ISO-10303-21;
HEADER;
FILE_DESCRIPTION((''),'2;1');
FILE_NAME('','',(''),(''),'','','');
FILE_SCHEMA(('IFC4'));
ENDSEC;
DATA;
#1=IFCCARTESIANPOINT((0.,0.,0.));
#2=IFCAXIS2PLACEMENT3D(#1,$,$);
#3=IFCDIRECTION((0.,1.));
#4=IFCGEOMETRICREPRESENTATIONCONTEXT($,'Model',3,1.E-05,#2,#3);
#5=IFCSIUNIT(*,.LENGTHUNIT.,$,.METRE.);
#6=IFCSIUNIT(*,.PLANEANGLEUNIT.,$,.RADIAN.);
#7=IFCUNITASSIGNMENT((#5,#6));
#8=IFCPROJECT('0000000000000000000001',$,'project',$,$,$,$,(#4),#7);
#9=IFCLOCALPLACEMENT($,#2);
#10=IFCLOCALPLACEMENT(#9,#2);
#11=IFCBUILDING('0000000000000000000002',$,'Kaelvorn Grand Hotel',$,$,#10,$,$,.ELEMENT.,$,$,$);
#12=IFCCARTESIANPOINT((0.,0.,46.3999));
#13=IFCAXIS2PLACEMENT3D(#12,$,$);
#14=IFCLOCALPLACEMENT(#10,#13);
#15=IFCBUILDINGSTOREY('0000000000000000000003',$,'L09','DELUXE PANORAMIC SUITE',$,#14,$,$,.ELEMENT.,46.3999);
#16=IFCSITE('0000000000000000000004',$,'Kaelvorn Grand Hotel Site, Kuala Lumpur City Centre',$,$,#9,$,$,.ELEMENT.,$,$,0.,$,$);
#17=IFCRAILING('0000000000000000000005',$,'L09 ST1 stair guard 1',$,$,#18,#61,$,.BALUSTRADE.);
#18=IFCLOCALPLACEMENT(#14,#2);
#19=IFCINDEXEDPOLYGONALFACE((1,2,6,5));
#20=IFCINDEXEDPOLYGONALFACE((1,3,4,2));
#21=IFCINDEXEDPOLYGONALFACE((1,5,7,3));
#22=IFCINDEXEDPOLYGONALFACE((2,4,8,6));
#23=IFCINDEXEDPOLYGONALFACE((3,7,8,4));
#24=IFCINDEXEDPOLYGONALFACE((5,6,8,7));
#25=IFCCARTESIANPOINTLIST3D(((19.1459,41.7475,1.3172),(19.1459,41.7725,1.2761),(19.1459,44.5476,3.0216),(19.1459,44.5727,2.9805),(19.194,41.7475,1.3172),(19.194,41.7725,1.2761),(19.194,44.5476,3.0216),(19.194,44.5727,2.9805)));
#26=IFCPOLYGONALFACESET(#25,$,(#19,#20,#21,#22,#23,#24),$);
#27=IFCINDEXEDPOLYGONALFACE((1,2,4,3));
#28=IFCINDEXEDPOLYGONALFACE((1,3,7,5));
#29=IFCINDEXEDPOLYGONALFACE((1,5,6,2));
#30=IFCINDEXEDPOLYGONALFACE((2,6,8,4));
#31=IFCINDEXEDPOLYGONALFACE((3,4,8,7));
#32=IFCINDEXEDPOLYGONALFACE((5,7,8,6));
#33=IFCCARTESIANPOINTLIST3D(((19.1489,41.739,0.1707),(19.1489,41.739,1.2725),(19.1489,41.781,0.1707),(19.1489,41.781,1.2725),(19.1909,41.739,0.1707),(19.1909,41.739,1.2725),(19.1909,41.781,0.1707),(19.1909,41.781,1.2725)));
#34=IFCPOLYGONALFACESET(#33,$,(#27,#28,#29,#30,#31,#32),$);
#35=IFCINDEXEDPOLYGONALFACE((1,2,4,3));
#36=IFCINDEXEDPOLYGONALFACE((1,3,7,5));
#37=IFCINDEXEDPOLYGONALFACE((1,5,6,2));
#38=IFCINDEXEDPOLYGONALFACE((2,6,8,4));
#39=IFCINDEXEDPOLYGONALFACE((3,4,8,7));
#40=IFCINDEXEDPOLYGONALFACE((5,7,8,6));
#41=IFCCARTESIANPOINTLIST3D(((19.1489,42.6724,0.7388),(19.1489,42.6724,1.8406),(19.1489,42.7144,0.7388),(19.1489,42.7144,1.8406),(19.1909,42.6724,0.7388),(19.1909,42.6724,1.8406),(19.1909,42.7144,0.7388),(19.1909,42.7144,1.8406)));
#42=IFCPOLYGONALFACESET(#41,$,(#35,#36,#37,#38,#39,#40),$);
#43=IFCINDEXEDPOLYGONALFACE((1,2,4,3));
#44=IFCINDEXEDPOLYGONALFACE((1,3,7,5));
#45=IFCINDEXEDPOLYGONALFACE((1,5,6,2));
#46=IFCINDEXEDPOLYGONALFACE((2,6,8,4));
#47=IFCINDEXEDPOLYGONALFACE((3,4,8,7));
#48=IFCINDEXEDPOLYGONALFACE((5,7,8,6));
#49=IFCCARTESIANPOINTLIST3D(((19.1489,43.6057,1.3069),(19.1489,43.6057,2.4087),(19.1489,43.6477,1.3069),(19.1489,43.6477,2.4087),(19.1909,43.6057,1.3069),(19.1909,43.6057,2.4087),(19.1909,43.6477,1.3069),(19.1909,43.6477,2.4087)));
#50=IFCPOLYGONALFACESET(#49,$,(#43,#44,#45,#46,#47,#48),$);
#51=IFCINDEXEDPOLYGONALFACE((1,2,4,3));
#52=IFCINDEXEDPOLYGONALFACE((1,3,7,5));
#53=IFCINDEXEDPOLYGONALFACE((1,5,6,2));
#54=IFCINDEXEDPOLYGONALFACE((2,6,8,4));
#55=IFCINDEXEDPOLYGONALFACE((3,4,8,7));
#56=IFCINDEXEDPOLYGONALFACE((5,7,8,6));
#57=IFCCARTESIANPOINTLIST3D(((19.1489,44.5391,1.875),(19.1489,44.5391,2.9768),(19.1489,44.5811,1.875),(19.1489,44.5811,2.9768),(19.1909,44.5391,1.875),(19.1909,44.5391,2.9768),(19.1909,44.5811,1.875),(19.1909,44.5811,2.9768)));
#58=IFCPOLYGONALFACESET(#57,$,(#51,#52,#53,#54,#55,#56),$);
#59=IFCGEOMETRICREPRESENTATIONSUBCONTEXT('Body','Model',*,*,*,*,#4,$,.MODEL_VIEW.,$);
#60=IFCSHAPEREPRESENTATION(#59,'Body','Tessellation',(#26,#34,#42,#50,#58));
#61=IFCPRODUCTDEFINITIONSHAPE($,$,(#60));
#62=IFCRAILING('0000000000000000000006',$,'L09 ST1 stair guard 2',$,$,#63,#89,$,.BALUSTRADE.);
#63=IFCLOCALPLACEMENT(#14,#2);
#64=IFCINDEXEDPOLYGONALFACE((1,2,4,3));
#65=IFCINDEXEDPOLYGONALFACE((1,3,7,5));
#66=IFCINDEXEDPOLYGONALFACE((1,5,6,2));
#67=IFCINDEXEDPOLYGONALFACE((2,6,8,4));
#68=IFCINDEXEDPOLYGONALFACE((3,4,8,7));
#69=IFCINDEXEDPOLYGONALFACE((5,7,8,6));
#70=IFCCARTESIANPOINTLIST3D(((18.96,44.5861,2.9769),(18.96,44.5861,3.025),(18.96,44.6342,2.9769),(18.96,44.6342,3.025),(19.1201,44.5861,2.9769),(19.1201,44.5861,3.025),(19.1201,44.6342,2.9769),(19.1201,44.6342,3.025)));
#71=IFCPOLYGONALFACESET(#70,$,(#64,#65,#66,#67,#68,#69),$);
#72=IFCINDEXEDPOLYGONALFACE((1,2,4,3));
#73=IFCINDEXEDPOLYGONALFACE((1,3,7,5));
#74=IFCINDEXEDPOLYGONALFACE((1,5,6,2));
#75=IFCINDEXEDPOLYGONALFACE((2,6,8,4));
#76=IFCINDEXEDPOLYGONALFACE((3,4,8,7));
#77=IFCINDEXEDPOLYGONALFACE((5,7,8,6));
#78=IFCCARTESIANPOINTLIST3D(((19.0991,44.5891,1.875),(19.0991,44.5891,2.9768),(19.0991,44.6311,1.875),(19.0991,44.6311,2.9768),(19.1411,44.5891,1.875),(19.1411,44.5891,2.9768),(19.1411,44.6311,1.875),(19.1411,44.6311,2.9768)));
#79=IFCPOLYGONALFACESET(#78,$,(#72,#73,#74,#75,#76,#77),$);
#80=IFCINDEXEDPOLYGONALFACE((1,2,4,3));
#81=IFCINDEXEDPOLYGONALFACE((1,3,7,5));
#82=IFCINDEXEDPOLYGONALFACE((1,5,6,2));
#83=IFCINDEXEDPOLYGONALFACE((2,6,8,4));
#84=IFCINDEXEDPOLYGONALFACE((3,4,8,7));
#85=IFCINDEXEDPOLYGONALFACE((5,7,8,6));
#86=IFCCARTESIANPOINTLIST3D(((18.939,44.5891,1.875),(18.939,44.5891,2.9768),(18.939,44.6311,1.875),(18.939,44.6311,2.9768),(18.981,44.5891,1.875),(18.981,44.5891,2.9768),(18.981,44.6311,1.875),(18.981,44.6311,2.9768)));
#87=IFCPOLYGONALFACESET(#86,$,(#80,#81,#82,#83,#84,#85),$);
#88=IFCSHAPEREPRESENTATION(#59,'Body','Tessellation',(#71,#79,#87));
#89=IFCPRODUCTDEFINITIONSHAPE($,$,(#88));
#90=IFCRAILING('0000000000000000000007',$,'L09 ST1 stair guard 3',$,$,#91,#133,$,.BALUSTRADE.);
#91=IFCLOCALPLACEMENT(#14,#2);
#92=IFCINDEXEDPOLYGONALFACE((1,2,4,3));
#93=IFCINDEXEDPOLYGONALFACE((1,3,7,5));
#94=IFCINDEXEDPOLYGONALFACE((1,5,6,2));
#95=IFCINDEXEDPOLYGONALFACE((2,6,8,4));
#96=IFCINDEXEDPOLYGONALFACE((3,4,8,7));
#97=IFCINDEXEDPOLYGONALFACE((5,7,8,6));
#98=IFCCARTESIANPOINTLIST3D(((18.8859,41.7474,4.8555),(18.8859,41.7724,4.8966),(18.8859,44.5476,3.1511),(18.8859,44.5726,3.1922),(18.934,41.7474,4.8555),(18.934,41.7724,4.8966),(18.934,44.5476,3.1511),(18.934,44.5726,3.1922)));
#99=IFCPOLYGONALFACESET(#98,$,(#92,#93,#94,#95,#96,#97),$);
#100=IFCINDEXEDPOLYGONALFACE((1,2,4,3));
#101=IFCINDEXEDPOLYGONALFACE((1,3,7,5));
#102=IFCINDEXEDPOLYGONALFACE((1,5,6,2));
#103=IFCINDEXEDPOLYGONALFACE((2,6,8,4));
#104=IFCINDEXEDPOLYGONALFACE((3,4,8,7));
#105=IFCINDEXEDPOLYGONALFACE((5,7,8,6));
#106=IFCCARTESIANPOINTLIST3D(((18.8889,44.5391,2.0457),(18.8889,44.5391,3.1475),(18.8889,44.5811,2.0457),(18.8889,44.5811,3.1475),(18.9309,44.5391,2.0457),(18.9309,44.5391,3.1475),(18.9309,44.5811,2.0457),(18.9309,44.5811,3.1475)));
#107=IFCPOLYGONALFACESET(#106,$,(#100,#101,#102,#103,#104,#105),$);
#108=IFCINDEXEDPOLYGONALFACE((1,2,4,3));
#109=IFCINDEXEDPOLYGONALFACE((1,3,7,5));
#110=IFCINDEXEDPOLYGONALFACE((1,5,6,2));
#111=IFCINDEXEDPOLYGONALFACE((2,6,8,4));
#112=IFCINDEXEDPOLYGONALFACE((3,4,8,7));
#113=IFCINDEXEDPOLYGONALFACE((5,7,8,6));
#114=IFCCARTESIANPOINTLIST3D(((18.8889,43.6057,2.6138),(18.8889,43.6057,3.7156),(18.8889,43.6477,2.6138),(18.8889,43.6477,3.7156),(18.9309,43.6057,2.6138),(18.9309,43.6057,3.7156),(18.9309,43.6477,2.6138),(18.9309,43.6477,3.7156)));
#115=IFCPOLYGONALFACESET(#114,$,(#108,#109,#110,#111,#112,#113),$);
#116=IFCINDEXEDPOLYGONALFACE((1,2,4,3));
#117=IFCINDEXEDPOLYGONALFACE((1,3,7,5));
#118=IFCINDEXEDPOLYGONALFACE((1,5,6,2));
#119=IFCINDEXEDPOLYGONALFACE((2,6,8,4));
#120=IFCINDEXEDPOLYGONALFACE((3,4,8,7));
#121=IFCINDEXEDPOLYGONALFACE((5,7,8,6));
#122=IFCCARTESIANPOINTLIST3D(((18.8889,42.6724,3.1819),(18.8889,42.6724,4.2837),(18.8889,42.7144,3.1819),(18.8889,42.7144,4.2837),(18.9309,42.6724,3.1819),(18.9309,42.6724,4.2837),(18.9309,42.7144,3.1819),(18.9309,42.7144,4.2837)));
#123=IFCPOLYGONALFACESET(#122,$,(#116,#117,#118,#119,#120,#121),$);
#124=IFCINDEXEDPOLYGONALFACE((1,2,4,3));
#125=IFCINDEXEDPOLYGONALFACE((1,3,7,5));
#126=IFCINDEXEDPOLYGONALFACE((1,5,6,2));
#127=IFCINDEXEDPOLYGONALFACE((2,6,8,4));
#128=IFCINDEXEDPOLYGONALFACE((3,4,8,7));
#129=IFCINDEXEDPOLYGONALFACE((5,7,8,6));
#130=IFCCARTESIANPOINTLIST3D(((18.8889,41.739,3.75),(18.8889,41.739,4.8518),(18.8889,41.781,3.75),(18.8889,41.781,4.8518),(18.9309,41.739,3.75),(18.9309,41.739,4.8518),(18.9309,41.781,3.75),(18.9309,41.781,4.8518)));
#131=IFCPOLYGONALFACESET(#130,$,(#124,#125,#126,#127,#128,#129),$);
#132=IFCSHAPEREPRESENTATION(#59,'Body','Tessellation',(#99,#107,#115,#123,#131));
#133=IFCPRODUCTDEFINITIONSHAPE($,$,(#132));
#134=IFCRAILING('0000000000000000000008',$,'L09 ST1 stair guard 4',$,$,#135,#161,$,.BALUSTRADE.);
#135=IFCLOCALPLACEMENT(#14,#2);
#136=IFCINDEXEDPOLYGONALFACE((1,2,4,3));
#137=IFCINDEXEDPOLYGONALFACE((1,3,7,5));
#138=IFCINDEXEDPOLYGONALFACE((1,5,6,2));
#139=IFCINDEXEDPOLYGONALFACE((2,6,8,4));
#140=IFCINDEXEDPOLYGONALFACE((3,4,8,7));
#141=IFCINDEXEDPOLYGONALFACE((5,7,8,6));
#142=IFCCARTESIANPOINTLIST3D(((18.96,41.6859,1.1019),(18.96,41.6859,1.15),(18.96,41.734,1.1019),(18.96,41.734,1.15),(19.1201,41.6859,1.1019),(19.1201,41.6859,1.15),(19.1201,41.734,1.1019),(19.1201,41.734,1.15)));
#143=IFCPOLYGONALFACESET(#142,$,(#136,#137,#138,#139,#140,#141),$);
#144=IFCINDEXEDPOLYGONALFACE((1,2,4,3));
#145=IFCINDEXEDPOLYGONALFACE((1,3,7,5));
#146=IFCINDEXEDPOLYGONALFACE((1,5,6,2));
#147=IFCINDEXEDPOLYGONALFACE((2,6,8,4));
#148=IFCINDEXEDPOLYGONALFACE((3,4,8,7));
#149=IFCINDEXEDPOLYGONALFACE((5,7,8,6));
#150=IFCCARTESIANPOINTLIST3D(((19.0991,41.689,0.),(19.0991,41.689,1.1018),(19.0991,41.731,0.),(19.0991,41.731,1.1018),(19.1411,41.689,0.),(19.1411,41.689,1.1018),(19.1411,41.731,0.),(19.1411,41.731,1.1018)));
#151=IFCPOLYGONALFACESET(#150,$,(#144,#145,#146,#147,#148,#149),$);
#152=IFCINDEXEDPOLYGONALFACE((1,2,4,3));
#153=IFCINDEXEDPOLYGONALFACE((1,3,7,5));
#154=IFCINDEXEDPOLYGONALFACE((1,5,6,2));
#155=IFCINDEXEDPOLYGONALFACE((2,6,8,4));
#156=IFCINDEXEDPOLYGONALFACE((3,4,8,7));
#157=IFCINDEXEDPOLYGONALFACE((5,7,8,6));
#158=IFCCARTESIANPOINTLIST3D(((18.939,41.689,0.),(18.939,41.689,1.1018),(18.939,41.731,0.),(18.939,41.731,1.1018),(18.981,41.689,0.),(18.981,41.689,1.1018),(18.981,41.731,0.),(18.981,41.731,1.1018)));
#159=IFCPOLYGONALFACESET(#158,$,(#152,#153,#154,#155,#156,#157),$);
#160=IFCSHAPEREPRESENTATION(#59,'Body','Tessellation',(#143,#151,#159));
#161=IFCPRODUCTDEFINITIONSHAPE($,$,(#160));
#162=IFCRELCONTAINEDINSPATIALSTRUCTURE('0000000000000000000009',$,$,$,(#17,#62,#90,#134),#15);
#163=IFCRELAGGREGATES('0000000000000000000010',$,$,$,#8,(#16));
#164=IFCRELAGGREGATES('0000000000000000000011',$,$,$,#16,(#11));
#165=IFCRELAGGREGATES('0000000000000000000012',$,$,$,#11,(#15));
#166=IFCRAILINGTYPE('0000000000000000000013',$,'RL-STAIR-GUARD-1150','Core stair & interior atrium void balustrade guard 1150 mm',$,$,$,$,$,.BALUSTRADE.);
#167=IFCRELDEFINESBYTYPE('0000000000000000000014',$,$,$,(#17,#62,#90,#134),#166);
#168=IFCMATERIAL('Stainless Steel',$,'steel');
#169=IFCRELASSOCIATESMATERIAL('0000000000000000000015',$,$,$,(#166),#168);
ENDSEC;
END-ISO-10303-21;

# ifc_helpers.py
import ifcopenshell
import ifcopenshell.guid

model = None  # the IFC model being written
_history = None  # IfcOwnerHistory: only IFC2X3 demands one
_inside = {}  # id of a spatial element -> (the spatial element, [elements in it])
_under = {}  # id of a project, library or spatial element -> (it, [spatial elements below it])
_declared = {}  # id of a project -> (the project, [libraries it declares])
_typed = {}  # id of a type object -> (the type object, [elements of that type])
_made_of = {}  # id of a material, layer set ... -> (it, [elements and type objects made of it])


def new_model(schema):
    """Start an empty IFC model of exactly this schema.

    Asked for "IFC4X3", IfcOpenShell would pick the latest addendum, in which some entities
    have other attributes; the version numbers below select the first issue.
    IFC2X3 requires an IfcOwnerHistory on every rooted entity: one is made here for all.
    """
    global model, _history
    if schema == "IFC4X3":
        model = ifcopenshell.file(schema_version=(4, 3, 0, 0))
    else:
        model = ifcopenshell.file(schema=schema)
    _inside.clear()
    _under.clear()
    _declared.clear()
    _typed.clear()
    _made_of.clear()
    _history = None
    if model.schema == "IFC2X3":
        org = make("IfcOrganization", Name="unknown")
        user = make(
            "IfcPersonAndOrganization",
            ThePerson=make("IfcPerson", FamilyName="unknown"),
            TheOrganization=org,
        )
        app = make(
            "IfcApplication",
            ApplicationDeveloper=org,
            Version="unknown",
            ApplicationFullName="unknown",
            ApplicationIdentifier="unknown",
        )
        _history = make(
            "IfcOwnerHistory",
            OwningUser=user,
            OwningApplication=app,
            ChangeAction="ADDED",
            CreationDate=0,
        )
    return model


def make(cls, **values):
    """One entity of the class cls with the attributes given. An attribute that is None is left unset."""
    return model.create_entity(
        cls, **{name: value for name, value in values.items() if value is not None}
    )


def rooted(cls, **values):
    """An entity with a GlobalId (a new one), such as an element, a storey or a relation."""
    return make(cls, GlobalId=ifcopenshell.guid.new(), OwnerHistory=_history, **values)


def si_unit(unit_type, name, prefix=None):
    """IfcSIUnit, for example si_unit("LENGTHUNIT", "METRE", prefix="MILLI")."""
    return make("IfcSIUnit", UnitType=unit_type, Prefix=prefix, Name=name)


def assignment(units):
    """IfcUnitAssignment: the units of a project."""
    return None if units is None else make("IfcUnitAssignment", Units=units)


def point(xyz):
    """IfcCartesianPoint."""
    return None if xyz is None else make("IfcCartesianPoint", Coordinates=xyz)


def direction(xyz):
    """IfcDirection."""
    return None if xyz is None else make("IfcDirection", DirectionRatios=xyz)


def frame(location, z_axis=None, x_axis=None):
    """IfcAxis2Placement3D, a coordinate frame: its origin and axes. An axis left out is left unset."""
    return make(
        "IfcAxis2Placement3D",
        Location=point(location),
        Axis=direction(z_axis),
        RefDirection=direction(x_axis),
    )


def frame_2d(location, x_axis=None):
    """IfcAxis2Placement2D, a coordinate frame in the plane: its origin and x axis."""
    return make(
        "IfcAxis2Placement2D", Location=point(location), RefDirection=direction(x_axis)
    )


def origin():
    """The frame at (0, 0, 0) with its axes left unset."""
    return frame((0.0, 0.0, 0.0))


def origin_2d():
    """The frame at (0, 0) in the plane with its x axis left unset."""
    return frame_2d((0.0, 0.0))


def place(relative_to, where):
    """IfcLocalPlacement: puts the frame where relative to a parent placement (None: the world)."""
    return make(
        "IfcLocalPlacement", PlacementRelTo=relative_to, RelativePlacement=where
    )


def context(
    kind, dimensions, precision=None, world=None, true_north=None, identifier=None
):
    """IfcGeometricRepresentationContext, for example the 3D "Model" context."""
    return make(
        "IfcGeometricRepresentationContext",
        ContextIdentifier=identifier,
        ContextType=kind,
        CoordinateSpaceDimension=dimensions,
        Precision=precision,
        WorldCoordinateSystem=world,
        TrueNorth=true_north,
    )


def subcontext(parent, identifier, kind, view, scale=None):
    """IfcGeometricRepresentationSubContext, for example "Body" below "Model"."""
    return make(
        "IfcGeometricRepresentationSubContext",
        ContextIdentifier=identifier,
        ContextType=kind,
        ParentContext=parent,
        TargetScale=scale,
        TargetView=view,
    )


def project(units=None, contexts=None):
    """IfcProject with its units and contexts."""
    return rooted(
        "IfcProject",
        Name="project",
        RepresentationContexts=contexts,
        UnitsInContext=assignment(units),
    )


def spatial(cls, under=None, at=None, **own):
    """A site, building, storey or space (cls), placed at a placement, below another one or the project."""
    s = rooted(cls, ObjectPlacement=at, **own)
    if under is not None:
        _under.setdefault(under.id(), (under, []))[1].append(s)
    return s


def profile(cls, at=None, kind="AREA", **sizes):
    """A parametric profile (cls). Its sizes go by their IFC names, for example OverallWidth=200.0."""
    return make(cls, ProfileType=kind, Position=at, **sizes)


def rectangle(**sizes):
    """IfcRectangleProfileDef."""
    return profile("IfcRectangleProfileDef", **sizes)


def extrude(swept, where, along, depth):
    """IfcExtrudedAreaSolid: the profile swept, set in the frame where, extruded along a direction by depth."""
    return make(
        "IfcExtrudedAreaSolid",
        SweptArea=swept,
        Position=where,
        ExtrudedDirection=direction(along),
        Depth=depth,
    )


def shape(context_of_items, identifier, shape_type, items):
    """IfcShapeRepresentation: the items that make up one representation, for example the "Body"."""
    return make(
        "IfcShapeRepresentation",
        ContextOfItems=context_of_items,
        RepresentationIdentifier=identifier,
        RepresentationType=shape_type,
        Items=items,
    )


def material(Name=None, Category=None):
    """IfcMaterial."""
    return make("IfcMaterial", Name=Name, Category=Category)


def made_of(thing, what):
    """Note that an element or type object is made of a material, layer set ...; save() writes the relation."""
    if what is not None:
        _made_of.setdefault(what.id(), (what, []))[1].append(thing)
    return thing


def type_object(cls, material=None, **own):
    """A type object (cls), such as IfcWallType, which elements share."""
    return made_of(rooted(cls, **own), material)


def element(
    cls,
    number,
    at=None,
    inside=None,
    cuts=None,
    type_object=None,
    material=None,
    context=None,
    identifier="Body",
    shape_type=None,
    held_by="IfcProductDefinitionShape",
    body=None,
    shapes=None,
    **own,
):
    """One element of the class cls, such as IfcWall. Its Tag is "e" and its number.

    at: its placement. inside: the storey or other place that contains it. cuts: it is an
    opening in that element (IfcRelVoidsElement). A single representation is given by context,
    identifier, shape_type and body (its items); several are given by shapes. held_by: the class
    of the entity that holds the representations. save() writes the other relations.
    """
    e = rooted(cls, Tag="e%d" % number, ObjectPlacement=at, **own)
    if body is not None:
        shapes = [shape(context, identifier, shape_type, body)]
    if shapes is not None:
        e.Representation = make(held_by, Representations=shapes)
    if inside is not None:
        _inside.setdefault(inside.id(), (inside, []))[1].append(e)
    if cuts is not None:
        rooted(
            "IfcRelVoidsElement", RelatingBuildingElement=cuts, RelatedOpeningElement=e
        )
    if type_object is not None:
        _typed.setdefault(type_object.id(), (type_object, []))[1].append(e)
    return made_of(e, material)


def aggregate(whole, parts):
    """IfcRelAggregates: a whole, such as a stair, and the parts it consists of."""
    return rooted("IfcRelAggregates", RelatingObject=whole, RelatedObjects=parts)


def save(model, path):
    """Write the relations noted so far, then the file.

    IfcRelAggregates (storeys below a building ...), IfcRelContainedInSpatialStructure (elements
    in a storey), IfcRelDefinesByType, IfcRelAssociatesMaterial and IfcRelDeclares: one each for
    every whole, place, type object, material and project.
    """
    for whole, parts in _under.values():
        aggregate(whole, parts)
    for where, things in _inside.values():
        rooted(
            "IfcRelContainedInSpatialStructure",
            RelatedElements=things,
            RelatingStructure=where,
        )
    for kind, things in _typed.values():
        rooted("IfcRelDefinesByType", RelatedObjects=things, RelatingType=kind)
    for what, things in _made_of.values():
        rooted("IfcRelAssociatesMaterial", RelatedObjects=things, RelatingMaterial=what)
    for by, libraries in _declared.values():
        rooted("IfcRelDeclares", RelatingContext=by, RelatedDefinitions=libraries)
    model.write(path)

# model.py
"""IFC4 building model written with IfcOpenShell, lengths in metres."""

from ifc_helpers import new_model, si_unit, direction, frame, origin, origin_2d, place, context, subcontext, project, spatial, rectangle, extrude, material, type_object, element, save


model = new_model("IFC4")

# Units and contexts
model_context = context("Model", 3, precision=1e-05, world=origin(), true_north=direction((0.0, 1.0)))
body_context = subcontext(model_context, "Body", "Model", "MODEL_VIEW")
ifc_project = project(units=[si_unit("LENGTHUNIT", "METRE"), si_unit("PLANEANGLEUNIT", "RADIAN")], contexts=[model_context])

# Site, building, storey
site_placement = place(None, origin())
site = spatial("IfcSite", under=ifc_project, at=site_placement, Name="Kaelvorn Grand Hotel Site, Kuala Lumpur City Centre", CompositionType="ELEMENT", RefElevation=0.0)
building_placement = place(site_placement, origin())
building = spatial("IfcBuilding", under=site, at=building_placement, Name="Kaelvorn Grand Hotel", CompositionType="ELEMENT")
storey_placement = place(building_placement, frame((0.0, 0.0, 46.3999)))
storey = spatial("IfcBuildingStorey", under=building, at=storey_placement, Name="L09", Description="DELUXE PANORAMIC SUITE", CompositionType="ELEMENT", Elevation=46.3999)

# Railings
ifc_material_1 = material(Name="Stainless Steel", Category="steel")
railing_type_1 = type_object("IfcRailingType", Name="RL-STAIR-GUARD-1150", Description="Core stair & interior atrium void balustrade guard 1150 mm", PredefinedType="BALUSTRADE", material=ifc_material_1)
railing_1_placement = place(storey_placement, frame((19.1699, 41.76, 0.1707)))
element("IfcRailing", 1, at=railing_1_placement, inside=storey, type_object=railing_type_1, Name="L09 ST1 stair guard 1", PredefinedType="BALUSTRADE", context=body_context, shape_type="SweptSolid", body=[
    extrude(rectangle(XDim=0.0481, YDim=0.0481, at=origin_2d()), frame((0.0, 0.0, 1.126), z_axis=(0.0, 0.854203, 0.51994), x_axis=(-1.0, 0.0, 0.0)), (0.0, 0.0, 1.0), 3.2781),
    extrude(rectangle(XDim=0.042, YDim=0.042, at=origin_2d()), origin(), (0.0, 0.0, 1.0), 1.1018),
    extrude(rectangle(XDim=0.042, YDim=0.042, at=origin_2d()), frame((0.0, 0.9333, 0.5681)), (0.0, 0.0, 1.0), 1.1018),
    extrude(rectangle(XDim=0.042, YDim=0.042, at=origin_2d()), frame((0.0, 1.8667, 1.1362)), (0.0, 0.0, 1.0), 1.1018),
    extrude(rectangle(XDim=0.042, YDim=0.042, at=origin_2d()), frame((0.0, 2.8, 1.7043)), (0.0, 0.0, 1.0), 1.1018),
])
railing_2_placement = place(storey_placement, frame((19.1201, 44.6101, 1.875)))
element("IfcRailing", 2, at=railing_2_placement, inside=storey, type_object=railing_type_1, Name="L09 ST1 stair guard 2", PredefinedType="BALUSTRADE", context=body_context, shape_type="SweptSolid", body=[
    extrude(rectangle(XDim=0.0481, YDim=0.0481, at=origin_2d()), frame((0.0, 0.0, 1.126), z_axis=(-1.0, 0.0, 0.0), x_axis=(0.0, -1.0, 0.0)), (0.0, 0.0, 1.0), 0.1602),
    extrude(rectangle(XDim=0.042, YDim=0.042, at=origin_2d()), origin(), (0.0, 0.0, 1.0), 1.1018),
    extrude(rectangle(XDim=0.042, YDim=0.042, at=origin_2d()), frame((-0.1602, 0.0, 0.0)), (0.0, 0.0, 1.0), 1.1018),
])
railing_3_placement = place(storey_placement, frame((18.9099, 44.5601, 2.0457)))
element("IfcRailing", 3, at=railing_3_placement, inside=storey, type_object=railing_type_1, Name="L09 ST1 stair guard 3", PredefinedType="BALUSTRADE", context=body_context, shape_type="SweptSolid", body=[
    extrude(rectangle(XDim=0.0481, YDim=0.0481, at=origin_2d()), frame((0.0, 0.0, 1.126), z_axis=(0.0, -0.854203, 0.51994), x_axis=(1.0, 0.0, 0.0)), (0.0, 0.0, 1.0), 3.2781),
    extrude(rectangle(XDim=0.042, YDim=0.042, at=origin_2d()), origin(), (0.0, 0.0, 1.0), 1.1018),
    extrude(rectangle(XDim=0.042, YDim=0.042, at=origin_2d()), frame((0.0, -0.9333, 0.5681)), (0.0, 0.0, 1.0), 1.1018),
    extrude(rectangle(XDim=0.042, YDim=0.042, at=origin_2d()), frame((0.0, -1.8667, 1.1362)), (0.0, 0.0, 1.0), 1.1018),
    extrude(rectangle(XDim=0.042, YDim=0.042, at=origin_2d()), frame((0.0, -2.8, 1.7043)), (0.0, 0.0, 1.0), 1.1018),
])
railing_4_placement = place(storey_placement, frame((19.1201, 41.71, 0.0)))
element("IfcRailing", 4, at=railing_4_placement, inside=storey, type_object=railing_type_1, Name="L09 ST1 stair guard 4", PredefinedType="BALUSTRADE", context=body_context, shape_type="SweptSolid", body=[
    extrude(rectangle(XDim=0.0481, YDim=0.0481, at=origin_2d()), frame((0.0, 0.0, 1.126), z_axis=(-1.0, 0.0, 0.0), x_axis=(0.0, -1.0, 0.0)), (0.0, 0.0, 1.0), 0.1602),
    extrude(rectangle(XDim=0.042, YDim=0.042, at=origin_2d()), origin(), (0.0, 0.0, 1.0), 1.1018),
    extrude(rectangle(XDim=0.042, YDim=0.042, at=origin_2d()), frame((-0.1602, 0.0, 0.0)), (0.0, 0.0, 1.0), 1.1018),
])

save(model, "model.ifc")
